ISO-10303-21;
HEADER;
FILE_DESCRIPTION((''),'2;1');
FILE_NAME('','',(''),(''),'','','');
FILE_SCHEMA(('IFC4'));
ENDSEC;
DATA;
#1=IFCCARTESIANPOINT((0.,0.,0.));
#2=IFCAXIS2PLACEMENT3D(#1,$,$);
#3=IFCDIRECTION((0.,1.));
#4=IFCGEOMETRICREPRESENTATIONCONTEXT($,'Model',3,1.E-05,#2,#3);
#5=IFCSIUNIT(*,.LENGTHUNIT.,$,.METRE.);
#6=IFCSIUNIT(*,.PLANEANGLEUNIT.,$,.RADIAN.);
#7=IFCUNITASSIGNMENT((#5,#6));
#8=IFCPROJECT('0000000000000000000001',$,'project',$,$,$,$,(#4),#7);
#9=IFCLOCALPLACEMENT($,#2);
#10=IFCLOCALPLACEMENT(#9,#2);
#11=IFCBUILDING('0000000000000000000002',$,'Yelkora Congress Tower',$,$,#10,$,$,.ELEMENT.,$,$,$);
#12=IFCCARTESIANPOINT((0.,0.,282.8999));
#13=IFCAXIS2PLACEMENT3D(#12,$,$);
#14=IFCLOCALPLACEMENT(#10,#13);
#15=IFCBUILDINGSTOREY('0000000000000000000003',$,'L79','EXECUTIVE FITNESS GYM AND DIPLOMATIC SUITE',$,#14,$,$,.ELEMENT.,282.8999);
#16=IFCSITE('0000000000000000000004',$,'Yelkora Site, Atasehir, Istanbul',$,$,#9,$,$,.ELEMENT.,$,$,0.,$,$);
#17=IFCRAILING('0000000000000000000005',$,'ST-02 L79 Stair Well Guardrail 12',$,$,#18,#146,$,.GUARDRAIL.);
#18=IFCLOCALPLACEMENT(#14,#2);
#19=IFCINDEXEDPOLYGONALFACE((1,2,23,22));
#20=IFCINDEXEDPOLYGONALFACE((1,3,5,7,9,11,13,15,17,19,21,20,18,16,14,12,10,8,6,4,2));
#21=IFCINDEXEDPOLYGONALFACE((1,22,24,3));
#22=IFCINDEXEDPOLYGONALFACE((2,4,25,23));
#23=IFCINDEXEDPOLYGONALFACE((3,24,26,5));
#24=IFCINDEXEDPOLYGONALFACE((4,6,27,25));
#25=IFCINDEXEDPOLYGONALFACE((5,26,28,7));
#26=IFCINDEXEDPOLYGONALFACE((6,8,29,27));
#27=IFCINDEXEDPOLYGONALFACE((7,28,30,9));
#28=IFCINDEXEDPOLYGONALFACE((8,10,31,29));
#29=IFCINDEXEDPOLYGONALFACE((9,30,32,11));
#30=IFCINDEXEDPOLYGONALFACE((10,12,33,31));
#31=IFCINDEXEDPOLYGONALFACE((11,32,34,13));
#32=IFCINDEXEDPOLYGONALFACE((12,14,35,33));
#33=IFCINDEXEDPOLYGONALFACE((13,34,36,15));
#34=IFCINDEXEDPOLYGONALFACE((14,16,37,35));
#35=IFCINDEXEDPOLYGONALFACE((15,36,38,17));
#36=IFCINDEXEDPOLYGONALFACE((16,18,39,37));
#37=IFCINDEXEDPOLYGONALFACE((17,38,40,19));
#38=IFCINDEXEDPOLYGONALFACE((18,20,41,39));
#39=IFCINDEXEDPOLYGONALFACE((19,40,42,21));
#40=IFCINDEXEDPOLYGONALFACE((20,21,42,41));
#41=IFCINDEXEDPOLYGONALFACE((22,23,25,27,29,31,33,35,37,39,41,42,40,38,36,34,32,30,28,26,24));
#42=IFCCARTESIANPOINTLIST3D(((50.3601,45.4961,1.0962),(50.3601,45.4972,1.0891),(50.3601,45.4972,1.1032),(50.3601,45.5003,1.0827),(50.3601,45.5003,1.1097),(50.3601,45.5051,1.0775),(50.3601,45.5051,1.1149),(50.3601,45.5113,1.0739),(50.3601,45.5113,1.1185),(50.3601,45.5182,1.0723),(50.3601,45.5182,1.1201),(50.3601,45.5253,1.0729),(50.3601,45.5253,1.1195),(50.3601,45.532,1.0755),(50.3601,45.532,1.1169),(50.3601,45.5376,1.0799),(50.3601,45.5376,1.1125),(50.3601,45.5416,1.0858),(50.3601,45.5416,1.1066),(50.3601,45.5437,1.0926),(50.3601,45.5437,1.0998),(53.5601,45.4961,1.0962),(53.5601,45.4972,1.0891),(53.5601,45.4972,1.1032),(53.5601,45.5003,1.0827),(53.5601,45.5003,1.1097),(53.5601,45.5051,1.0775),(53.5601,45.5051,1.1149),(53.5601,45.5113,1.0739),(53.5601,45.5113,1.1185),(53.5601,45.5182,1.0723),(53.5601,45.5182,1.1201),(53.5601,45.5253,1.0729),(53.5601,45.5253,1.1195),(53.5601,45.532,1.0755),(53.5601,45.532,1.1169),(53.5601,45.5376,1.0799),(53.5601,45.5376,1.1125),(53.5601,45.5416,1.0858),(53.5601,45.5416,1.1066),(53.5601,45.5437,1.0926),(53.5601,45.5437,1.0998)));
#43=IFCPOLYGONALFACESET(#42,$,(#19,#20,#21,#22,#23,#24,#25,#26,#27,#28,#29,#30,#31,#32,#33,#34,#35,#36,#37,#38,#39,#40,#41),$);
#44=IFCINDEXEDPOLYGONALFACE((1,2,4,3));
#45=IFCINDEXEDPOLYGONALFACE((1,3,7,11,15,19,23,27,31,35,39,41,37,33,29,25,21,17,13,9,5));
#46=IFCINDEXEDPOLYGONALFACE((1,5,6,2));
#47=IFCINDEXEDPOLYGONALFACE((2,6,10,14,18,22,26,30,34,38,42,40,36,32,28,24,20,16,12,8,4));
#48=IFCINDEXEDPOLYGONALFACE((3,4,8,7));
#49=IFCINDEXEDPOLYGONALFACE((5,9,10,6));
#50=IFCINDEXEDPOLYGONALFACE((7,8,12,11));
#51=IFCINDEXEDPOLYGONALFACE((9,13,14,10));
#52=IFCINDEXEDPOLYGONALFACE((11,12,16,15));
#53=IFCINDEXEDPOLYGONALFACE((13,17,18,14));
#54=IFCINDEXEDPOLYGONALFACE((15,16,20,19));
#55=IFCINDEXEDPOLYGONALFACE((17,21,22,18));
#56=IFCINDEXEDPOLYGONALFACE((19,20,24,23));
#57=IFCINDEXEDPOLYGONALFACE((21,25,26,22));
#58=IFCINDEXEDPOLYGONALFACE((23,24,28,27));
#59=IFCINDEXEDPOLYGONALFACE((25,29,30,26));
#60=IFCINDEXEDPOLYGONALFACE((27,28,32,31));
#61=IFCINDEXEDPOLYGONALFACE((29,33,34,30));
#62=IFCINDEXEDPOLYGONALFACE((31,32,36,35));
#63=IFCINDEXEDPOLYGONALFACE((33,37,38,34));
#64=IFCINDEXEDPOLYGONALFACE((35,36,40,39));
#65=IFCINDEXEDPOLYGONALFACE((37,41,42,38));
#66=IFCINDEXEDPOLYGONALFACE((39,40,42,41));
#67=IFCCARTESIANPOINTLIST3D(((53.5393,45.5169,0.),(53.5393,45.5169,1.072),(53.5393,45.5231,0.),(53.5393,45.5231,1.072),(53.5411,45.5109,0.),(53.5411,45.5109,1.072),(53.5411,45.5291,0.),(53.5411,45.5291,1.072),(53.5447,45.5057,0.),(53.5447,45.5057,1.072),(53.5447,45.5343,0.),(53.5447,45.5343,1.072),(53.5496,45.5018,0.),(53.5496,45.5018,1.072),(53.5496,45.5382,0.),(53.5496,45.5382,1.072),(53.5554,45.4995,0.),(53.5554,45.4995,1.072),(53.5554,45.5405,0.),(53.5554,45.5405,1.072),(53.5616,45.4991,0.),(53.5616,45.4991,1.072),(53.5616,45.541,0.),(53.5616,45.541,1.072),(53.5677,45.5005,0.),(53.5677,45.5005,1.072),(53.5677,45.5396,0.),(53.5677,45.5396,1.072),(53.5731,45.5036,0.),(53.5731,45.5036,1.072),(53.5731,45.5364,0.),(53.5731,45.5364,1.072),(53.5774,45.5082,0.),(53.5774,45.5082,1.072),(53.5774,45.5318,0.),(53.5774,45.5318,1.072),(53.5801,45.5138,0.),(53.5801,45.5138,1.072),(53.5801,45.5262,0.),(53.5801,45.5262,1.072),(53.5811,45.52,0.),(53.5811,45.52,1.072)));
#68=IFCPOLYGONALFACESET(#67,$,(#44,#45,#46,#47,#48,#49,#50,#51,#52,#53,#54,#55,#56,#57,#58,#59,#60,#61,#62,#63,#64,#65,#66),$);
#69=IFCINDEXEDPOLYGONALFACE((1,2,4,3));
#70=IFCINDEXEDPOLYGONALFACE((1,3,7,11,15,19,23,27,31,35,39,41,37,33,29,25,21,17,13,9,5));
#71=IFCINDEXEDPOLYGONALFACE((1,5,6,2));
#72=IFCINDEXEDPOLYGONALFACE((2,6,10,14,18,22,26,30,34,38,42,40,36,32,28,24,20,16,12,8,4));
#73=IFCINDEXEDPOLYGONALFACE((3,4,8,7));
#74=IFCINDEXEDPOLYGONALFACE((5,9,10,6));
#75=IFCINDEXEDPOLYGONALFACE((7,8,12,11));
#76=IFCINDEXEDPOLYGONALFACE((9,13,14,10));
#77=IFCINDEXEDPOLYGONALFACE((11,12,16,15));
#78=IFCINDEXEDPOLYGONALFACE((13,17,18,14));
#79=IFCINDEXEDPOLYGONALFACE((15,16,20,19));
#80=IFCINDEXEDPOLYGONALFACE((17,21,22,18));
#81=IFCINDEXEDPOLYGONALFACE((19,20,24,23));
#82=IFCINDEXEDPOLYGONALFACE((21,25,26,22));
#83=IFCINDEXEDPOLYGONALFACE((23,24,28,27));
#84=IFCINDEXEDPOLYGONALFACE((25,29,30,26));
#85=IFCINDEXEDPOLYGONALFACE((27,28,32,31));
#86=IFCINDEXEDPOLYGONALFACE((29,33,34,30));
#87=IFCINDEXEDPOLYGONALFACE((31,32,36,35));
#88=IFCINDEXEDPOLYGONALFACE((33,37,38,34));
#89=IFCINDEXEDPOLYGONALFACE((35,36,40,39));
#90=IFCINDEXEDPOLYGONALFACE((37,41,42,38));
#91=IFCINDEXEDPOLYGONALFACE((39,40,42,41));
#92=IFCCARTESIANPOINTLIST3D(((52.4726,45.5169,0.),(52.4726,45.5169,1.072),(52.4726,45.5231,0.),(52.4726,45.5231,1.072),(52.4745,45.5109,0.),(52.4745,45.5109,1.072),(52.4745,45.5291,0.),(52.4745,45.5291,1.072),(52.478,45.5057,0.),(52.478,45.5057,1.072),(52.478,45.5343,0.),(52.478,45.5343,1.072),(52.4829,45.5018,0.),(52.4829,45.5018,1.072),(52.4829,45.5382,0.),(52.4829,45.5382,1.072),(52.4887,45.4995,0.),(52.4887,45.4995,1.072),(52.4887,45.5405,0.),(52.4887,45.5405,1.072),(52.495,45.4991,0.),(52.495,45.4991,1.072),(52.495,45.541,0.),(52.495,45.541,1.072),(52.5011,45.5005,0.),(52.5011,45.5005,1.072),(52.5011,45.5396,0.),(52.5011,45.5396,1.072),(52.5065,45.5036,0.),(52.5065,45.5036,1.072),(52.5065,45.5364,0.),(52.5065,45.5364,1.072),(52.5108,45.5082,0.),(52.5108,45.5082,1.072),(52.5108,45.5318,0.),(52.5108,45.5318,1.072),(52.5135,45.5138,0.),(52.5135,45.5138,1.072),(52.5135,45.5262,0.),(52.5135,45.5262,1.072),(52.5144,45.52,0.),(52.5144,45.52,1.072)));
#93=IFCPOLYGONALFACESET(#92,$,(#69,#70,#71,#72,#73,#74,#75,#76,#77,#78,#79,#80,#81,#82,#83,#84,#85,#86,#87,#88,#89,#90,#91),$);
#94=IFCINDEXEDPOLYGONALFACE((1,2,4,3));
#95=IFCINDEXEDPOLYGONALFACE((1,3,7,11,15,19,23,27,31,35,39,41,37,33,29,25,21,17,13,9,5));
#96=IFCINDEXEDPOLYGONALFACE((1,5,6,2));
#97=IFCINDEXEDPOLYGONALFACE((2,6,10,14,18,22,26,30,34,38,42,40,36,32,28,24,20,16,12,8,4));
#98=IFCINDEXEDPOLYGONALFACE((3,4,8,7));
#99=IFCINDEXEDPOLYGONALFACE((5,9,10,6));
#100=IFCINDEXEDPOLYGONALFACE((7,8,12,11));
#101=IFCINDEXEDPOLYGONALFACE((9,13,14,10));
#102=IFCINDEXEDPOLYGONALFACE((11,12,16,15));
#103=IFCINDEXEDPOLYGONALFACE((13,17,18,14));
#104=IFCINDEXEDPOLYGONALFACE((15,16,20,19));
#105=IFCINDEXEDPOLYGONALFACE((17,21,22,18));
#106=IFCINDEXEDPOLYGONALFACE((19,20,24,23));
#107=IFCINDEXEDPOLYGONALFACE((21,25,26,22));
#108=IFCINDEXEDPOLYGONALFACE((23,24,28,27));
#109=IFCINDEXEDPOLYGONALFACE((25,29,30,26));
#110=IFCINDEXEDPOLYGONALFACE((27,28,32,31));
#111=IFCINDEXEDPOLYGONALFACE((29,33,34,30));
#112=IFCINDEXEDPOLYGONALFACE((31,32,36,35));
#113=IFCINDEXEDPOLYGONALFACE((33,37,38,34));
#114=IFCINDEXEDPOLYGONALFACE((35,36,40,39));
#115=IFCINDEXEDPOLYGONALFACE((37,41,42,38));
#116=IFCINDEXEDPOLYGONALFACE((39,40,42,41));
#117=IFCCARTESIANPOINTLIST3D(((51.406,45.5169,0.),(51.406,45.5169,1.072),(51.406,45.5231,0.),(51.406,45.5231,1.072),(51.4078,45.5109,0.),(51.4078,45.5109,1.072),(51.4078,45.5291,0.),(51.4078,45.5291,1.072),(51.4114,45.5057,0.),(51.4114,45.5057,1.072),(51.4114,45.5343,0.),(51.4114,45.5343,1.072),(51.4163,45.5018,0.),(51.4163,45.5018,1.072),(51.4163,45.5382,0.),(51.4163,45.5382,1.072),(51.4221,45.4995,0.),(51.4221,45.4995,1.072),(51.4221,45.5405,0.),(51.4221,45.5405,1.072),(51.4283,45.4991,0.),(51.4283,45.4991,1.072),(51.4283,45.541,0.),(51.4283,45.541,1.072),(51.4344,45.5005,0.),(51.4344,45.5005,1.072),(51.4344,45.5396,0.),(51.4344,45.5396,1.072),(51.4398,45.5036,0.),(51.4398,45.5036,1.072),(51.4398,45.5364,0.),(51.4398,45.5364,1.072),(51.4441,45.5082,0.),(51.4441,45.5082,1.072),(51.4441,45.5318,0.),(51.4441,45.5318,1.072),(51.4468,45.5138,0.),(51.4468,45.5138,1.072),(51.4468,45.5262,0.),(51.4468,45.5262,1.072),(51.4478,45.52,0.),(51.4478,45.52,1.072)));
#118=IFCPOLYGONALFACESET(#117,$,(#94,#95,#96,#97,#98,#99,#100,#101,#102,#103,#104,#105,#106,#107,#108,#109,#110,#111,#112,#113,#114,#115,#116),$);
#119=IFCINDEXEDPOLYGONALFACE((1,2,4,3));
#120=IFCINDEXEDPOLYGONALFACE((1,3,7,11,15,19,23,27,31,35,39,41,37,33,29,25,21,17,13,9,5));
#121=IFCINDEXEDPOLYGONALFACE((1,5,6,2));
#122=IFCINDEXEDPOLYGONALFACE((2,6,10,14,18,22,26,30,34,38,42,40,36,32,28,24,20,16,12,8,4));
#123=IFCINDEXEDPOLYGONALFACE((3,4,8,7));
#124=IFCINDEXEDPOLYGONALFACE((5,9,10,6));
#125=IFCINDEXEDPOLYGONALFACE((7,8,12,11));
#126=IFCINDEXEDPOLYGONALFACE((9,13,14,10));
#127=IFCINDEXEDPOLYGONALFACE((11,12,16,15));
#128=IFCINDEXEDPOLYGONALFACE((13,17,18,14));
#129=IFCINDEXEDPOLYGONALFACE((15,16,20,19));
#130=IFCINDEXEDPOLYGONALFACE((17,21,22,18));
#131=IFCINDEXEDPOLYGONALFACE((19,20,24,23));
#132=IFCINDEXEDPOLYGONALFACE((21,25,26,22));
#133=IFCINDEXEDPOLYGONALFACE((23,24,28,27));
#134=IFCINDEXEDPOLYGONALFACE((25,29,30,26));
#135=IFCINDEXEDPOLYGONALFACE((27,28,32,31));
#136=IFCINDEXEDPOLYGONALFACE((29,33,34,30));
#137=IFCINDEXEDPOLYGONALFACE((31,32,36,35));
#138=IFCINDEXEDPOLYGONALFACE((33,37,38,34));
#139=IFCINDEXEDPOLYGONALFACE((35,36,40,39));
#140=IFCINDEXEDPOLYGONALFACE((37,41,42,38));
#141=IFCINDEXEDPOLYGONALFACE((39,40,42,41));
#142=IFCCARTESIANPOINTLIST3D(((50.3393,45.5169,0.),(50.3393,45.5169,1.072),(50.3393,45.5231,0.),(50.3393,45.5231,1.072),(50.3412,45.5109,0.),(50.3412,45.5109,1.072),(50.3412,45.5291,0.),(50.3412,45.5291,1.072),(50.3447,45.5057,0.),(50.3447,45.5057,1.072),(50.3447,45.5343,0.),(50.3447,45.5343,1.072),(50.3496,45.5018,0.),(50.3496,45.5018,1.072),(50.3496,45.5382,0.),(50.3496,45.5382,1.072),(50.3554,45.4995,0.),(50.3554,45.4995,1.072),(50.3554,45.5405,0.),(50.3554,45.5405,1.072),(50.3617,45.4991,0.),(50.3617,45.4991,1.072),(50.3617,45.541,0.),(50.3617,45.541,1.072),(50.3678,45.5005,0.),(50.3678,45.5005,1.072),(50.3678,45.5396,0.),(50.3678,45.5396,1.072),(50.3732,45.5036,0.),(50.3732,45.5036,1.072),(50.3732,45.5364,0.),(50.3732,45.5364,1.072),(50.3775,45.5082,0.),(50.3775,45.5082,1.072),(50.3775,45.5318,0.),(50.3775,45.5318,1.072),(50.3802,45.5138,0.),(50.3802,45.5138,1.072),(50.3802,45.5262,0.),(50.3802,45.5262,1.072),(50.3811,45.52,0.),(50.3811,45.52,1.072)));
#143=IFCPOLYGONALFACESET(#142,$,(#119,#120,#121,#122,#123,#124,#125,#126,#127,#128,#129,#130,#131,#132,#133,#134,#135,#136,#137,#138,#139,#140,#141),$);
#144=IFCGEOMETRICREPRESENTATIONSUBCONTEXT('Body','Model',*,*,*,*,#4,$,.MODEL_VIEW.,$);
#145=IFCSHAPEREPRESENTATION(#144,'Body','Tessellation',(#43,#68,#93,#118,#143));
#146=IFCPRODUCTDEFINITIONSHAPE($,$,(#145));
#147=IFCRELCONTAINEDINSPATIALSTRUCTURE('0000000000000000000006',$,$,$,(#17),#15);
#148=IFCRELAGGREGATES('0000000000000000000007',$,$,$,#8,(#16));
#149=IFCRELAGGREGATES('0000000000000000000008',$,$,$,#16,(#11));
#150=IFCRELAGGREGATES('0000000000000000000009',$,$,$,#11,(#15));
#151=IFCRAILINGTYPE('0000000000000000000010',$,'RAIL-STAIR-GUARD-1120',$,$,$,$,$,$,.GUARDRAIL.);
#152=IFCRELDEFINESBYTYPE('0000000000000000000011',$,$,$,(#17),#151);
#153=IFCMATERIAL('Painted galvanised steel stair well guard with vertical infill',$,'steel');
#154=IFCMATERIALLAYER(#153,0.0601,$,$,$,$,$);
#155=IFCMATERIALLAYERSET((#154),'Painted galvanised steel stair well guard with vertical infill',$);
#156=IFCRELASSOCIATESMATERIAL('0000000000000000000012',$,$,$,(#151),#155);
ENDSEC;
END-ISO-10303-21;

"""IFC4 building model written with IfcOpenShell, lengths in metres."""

from ifc_helpers import new_model, si_unit, direction, frame, origin, origin_2d, place, context, subcontext, project, spatial, circle, extrude, material, layer, layer_set, type_object, element, save


model = new_model("IFC4")

# Units and contexts
model_context = context("Model", 3, precision=1e-05, world=origin(), true_north=direction((0.0, 1.0)))
body_context = subcontext(model_context, "Body", "Model", "MODEL_VIEW")
ifc_project = project(units=[si_unit("LENGTHUNIT", "METRE"), si_unit("PLANEANGLEUNIT", "RADIAN")], contexts=[model_context])

# Site, building, storey
site_placement = place(None, origin())
site = spatial("IfcSite", under=ifc_project, at=site_placement, Name="Yelkora Site, Atasehir, Istanbul", CompositionType="ELEMENT", RefElevation=0.0)
building_placement = place(site_placement, origin())
building = spatial("IfcBuilding", under=site, at=building_placement, Name="Yelkora Congress Tower", CompositionType="ELEMENT")
storey_placement = place(building_placement, frame((0.0, 0.0, 282.8999)))
storey = spatial("IfcBuildingStorey", under=building, at=storey_placement, Name="L79", Description="EXECUTIVE FITNESS GYM AND DIPLOMATIC SUITE", CompositionType="ELEMENT", Elevation=282.8999)

# Railing
ifc_material_1 = material(Name="Painted galvanised steel stair well guard with vertical infill", Category="steel")
ifc_layer_1 = layer(ifc_material_1, 0.0601)
ifc_layer_set_1 = layer_set([ifc_layer_1], Name="Painted galvanised steel stair well guard with vertical infill")
railing_type = type_object("IfcRailingType", Name="RAIL-STAIR-GUARD-1120", PredefinedType="GUARDRAIL", material=ifc_layer_set_1)
railing_1_placement = place(storey_placement, frame((53.5601, 45.52, 0.0)))
element("IfcRailing", 1, at=railing_1_placement, inside=storey, type_object=railing_type, Name="ST-02 L79 Stair Well Guardrail 12", PredefinedType="GUARDRAIL", context=body_context, shape_type="SweptSolid", body=[
    extrude(circle(Radius=0.0239, at=origin_2d()), frame((0.0, 0.0, 1.0962), z_axis=(-1.0, 0.0, 0.0), x_axis=(0.0, -1.0, 0.0)), (0.0, 0.0, 1.0), 3.2),
    extrude(circle(Radius=0.021, at=origin_2d()), origin(), (0.0, 0.0, 1.0), 1.072),
    extrude(circle(Radius=0.021, at=origin_2d()), frame((-1.0667, 0.0, 0.0)), (0.0, 0.0, 1.0), 1.072),
    extrude(circle(Radius=0.021, at=origin_2d()), frame((-2.1333, 0.0, 0.0)), (0.0, 0.0, 1.0), 1.072),
    extrude(circle(Radius=0.021, at=origin_2d()), frame((-3.2, 0.0, 0.0)), (0.0, 0.0, 1.0), 1.072),
])

save(model, "model.ifc")
